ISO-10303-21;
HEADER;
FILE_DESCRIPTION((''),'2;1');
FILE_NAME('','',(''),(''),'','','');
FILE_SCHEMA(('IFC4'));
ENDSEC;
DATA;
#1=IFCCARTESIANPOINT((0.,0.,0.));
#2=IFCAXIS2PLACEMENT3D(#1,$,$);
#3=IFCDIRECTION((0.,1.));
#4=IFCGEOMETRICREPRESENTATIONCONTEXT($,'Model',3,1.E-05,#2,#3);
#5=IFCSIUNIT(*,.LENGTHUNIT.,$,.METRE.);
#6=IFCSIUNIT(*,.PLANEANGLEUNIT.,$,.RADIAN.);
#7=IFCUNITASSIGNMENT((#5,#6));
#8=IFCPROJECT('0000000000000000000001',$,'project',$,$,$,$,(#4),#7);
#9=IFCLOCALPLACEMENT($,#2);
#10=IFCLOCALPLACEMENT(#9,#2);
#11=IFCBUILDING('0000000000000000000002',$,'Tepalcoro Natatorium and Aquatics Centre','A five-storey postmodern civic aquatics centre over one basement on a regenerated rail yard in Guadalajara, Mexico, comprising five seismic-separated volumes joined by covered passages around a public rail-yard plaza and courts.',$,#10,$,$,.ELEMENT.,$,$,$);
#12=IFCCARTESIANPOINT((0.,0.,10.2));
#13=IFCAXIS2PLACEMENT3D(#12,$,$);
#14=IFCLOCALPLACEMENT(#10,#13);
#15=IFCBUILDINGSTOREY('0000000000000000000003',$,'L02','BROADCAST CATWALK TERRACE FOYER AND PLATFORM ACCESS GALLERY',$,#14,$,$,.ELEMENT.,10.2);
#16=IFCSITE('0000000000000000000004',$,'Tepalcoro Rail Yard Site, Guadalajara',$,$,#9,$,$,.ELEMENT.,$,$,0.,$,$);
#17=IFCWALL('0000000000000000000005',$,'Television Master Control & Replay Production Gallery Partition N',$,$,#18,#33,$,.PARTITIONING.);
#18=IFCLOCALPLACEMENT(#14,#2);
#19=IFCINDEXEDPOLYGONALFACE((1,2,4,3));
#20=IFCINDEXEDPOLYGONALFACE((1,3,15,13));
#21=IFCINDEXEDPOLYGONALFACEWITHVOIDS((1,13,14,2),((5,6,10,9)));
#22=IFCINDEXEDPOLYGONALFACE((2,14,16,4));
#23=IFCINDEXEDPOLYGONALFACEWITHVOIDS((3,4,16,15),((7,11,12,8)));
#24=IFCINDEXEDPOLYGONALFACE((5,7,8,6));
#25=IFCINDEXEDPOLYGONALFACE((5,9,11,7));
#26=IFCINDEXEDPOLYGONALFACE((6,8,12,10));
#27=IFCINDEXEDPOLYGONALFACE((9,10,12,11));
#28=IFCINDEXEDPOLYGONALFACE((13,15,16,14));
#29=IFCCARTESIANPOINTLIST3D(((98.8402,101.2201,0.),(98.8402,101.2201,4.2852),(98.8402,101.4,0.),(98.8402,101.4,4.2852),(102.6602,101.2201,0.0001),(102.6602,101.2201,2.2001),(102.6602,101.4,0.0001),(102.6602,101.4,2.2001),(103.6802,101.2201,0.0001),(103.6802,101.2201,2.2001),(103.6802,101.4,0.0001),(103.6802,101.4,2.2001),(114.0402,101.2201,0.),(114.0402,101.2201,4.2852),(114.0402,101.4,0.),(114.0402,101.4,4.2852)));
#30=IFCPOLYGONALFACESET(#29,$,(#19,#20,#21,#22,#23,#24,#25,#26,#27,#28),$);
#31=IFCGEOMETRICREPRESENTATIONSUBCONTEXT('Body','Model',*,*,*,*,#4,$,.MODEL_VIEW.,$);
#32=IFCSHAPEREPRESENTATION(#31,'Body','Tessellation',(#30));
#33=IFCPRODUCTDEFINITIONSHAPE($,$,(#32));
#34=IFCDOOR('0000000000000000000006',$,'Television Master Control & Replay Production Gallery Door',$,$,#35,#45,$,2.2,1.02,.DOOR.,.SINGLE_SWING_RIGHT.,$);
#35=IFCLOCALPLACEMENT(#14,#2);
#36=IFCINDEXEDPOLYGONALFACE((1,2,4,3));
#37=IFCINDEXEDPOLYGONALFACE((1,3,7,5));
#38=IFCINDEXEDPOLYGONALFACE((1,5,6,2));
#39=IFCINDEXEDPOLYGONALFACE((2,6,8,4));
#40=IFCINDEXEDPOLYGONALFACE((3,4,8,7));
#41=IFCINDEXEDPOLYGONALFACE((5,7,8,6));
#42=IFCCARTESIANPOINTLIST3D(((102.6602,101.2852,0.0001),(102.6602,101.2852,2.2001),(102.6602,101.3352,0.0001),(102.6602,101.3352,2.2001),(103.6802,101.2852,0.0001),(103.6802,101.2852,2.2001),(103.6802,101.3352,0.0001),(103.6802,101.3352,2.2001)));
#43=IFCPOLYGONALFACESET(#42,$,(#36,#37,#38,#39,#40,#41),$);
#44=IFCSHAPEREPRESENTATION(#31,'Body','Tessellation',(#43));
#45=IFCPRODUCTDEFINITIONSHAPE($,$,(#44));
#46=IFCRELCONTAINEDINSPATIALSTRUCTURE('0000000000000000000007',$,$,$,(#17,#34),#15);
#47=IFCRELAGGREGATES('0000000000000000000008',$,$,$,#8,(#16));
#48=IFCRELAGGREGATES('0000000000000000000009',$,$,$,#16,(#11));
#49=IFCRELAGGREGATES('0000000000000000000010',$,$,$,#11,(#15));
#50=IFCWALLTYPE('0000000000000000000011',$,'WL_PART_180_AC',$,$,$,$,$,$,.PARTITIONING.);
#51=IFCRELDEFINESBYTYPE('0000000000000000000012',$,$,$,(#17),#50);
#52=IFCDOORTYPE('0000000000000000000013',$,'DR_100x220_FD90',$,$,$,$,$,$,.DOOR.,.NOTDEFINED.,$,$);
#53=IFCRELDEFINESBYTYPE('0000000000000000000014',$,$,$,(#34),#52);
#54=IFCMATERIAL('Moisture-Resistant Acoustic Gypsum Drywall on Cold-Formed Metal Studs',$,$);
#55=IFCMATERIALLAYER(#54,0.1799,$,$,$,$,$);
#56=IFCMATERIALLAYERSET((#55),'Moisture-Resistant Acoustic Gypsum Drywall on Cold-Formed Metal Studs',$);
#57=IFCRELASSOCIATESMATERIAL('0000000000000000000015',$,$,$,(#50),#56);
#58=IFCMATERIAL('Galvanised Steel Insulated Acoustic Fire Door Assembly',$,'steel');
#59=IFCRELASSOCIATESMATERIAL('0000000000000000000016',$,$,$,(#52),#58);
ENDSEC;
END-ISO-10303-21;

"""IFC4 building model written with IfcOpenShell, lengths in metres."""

from ifc_helpers import new_model, si_unit, direction, frame, frame_2d, origin, place, context, subcontext, project, spatial, rectangle, extrude, material, layer, layer_set, type_object, element, fill, save


model = new_model("IFC4")

# Units and contexts
model_context = context("Model", 3, precision=1e-05, world=origin(), true_north=direction((0.0, 1.0)))
body_context = subcontext(model_context, "Body", "Model", "MODEL_VIEW")
ifc_project = project(units=[si_unit("LENGTHUNIT", "METRE"), si_unit("PLANEANGLEUNIT", "RADIAN")], contexts=[model_context])

# Site, building, storey
site_placement = place(None, origin())
site = spatial("IfcSite", under=ifc_project, at=site_placement, Name="Tepalcoro Rail Yard Site, Guadalajara", CompositionType="ELEMENT", RefElevation=0.0)
building_placement = place(site_placement, origin())
building = spatial("IfcBuilding", under=site, at=building_placement, Name="Tepalcoro Natatorium and Aquatics Centre", Description="A five-storey postmodern civic aquatics centre over one basement on a regenerated rail yard in Guadalajara, Mexico, comprising five seismic-separated volumes joined by covered passages around a public rail-yard plaza and courts.", CompositionType="ELEMENT")
storey_placement = place(building_placement, frame((0.0, 0.0, 10.2)))
storey = spatial("IfcBuildingStorey", under=building, at=storey_placement, Name="L02", Description="BROADCAST CATWALK TERRACE FOYER AND PLATFORM ACCESS GALLERY", CompositionType="ELEMENT", Elevation=10.2)

# Shared definitions
ifc_material_1 = material(Name="Moisture-Resistant Acoustic Gypsum Drywall on Cold-Formed Metal Studs")

# Wall, opening, door
ifc_layer_1 = layer(ifc_material_1, 0.1799)
ifc_layer_set_1 = layer_set([ifc_layer_1], Name="Moisture-Resistant Acoustic Gypsum Drywall on Cold-Formed Metal Studs")
wall_type_1 = type_object("IfcWallType", Name="WL_PART_180_AC", PredefinedType="PARTITIONING", material=ifc_layer_set_1)
wall_1_placement = place(storey_placement, frame((98.8401, 101.3101, 0.0), z_axis=(0.0, 0.0, 1.0), x_axis=(1.0, 0.0, 0.0)))
wall_1 = element("IfcWall", 1, at=wall_1_placement, inside=storey, type_object=wall_type_1, Name="Television Master Control & Replay Production Gallery Partition N", PredefinedType="PARTITIONING", context=body_context, shape_type="SweptSolid", body=[
    extrude(rectangle(XDim=15.2, YDim=0.1799, at=frame_2d((7.6001, 0.0))), origin(), (0.0, 0.0, 1.0), 4.2852),
])
opening_1_placement = place(wall_1_placement, frame((3.8201, 0.0, 0.0)))
opening_1 = element("IfcOpeningElement", 2, at=opening_1_placement, cuts=wall_1, PredefinedType="OPENING", context=body_context, shape_type="SweptSolid", body=[
    extrude(rectangle(XDim=1.02, YDim=2.2, at=frame_2d((0.51, 1.1001))), frame((0.0, 0.1021, 0.0), z_axis=(0.0, -1.0, 0.0), x_axis=(1.0, 0.0, 0.0)), (0.0, 0.0, 1.0), 0.2039),
])
ifc_material_2 = material(Name="Galvanised Steel Insulated Acoustic Fire Door Assembly", Category="steel")
door_type_1 = type_object("IfcDoorType", Name="DR_100x220_FD90", OperationType="NOTDEFINED", PredefinedType="DOOR", material=ifc_material_2)
door_1_placement = place(opening_1_placement, frame((1.02, 0.0, 0.0), z_axis=(0.0, 0.0, 1.0), x_axis=(-1.0, 0.0, 0.0)))
door_1 = element("IfcDoor", 3, at=door_1_placement, inside=storey, type_object=door_type_1, Name="Television Master Control & Replay Production Gallery Door", OperationType="SINGLE_SWING_RIGHT", OverallHeight=2.2, OverallWidth=1.02, PredefinedType="DOOR", context=body_context, shape_type="SweptSolid", body=[
    extrude(rectangle(XDim=1.02, YDim=2.2, at=frame_2d((0.51, 1.1001))), frame((0.0, 0.0249, 0.0), z_axis=(0.0, -1.0, 0.0), x_axis=(1.0, 0.0, 0.0)), (0.0, 0.0, 1.0), 0.05),
])
fill(opening_1, door_1)

save(model, "model.ifc")
